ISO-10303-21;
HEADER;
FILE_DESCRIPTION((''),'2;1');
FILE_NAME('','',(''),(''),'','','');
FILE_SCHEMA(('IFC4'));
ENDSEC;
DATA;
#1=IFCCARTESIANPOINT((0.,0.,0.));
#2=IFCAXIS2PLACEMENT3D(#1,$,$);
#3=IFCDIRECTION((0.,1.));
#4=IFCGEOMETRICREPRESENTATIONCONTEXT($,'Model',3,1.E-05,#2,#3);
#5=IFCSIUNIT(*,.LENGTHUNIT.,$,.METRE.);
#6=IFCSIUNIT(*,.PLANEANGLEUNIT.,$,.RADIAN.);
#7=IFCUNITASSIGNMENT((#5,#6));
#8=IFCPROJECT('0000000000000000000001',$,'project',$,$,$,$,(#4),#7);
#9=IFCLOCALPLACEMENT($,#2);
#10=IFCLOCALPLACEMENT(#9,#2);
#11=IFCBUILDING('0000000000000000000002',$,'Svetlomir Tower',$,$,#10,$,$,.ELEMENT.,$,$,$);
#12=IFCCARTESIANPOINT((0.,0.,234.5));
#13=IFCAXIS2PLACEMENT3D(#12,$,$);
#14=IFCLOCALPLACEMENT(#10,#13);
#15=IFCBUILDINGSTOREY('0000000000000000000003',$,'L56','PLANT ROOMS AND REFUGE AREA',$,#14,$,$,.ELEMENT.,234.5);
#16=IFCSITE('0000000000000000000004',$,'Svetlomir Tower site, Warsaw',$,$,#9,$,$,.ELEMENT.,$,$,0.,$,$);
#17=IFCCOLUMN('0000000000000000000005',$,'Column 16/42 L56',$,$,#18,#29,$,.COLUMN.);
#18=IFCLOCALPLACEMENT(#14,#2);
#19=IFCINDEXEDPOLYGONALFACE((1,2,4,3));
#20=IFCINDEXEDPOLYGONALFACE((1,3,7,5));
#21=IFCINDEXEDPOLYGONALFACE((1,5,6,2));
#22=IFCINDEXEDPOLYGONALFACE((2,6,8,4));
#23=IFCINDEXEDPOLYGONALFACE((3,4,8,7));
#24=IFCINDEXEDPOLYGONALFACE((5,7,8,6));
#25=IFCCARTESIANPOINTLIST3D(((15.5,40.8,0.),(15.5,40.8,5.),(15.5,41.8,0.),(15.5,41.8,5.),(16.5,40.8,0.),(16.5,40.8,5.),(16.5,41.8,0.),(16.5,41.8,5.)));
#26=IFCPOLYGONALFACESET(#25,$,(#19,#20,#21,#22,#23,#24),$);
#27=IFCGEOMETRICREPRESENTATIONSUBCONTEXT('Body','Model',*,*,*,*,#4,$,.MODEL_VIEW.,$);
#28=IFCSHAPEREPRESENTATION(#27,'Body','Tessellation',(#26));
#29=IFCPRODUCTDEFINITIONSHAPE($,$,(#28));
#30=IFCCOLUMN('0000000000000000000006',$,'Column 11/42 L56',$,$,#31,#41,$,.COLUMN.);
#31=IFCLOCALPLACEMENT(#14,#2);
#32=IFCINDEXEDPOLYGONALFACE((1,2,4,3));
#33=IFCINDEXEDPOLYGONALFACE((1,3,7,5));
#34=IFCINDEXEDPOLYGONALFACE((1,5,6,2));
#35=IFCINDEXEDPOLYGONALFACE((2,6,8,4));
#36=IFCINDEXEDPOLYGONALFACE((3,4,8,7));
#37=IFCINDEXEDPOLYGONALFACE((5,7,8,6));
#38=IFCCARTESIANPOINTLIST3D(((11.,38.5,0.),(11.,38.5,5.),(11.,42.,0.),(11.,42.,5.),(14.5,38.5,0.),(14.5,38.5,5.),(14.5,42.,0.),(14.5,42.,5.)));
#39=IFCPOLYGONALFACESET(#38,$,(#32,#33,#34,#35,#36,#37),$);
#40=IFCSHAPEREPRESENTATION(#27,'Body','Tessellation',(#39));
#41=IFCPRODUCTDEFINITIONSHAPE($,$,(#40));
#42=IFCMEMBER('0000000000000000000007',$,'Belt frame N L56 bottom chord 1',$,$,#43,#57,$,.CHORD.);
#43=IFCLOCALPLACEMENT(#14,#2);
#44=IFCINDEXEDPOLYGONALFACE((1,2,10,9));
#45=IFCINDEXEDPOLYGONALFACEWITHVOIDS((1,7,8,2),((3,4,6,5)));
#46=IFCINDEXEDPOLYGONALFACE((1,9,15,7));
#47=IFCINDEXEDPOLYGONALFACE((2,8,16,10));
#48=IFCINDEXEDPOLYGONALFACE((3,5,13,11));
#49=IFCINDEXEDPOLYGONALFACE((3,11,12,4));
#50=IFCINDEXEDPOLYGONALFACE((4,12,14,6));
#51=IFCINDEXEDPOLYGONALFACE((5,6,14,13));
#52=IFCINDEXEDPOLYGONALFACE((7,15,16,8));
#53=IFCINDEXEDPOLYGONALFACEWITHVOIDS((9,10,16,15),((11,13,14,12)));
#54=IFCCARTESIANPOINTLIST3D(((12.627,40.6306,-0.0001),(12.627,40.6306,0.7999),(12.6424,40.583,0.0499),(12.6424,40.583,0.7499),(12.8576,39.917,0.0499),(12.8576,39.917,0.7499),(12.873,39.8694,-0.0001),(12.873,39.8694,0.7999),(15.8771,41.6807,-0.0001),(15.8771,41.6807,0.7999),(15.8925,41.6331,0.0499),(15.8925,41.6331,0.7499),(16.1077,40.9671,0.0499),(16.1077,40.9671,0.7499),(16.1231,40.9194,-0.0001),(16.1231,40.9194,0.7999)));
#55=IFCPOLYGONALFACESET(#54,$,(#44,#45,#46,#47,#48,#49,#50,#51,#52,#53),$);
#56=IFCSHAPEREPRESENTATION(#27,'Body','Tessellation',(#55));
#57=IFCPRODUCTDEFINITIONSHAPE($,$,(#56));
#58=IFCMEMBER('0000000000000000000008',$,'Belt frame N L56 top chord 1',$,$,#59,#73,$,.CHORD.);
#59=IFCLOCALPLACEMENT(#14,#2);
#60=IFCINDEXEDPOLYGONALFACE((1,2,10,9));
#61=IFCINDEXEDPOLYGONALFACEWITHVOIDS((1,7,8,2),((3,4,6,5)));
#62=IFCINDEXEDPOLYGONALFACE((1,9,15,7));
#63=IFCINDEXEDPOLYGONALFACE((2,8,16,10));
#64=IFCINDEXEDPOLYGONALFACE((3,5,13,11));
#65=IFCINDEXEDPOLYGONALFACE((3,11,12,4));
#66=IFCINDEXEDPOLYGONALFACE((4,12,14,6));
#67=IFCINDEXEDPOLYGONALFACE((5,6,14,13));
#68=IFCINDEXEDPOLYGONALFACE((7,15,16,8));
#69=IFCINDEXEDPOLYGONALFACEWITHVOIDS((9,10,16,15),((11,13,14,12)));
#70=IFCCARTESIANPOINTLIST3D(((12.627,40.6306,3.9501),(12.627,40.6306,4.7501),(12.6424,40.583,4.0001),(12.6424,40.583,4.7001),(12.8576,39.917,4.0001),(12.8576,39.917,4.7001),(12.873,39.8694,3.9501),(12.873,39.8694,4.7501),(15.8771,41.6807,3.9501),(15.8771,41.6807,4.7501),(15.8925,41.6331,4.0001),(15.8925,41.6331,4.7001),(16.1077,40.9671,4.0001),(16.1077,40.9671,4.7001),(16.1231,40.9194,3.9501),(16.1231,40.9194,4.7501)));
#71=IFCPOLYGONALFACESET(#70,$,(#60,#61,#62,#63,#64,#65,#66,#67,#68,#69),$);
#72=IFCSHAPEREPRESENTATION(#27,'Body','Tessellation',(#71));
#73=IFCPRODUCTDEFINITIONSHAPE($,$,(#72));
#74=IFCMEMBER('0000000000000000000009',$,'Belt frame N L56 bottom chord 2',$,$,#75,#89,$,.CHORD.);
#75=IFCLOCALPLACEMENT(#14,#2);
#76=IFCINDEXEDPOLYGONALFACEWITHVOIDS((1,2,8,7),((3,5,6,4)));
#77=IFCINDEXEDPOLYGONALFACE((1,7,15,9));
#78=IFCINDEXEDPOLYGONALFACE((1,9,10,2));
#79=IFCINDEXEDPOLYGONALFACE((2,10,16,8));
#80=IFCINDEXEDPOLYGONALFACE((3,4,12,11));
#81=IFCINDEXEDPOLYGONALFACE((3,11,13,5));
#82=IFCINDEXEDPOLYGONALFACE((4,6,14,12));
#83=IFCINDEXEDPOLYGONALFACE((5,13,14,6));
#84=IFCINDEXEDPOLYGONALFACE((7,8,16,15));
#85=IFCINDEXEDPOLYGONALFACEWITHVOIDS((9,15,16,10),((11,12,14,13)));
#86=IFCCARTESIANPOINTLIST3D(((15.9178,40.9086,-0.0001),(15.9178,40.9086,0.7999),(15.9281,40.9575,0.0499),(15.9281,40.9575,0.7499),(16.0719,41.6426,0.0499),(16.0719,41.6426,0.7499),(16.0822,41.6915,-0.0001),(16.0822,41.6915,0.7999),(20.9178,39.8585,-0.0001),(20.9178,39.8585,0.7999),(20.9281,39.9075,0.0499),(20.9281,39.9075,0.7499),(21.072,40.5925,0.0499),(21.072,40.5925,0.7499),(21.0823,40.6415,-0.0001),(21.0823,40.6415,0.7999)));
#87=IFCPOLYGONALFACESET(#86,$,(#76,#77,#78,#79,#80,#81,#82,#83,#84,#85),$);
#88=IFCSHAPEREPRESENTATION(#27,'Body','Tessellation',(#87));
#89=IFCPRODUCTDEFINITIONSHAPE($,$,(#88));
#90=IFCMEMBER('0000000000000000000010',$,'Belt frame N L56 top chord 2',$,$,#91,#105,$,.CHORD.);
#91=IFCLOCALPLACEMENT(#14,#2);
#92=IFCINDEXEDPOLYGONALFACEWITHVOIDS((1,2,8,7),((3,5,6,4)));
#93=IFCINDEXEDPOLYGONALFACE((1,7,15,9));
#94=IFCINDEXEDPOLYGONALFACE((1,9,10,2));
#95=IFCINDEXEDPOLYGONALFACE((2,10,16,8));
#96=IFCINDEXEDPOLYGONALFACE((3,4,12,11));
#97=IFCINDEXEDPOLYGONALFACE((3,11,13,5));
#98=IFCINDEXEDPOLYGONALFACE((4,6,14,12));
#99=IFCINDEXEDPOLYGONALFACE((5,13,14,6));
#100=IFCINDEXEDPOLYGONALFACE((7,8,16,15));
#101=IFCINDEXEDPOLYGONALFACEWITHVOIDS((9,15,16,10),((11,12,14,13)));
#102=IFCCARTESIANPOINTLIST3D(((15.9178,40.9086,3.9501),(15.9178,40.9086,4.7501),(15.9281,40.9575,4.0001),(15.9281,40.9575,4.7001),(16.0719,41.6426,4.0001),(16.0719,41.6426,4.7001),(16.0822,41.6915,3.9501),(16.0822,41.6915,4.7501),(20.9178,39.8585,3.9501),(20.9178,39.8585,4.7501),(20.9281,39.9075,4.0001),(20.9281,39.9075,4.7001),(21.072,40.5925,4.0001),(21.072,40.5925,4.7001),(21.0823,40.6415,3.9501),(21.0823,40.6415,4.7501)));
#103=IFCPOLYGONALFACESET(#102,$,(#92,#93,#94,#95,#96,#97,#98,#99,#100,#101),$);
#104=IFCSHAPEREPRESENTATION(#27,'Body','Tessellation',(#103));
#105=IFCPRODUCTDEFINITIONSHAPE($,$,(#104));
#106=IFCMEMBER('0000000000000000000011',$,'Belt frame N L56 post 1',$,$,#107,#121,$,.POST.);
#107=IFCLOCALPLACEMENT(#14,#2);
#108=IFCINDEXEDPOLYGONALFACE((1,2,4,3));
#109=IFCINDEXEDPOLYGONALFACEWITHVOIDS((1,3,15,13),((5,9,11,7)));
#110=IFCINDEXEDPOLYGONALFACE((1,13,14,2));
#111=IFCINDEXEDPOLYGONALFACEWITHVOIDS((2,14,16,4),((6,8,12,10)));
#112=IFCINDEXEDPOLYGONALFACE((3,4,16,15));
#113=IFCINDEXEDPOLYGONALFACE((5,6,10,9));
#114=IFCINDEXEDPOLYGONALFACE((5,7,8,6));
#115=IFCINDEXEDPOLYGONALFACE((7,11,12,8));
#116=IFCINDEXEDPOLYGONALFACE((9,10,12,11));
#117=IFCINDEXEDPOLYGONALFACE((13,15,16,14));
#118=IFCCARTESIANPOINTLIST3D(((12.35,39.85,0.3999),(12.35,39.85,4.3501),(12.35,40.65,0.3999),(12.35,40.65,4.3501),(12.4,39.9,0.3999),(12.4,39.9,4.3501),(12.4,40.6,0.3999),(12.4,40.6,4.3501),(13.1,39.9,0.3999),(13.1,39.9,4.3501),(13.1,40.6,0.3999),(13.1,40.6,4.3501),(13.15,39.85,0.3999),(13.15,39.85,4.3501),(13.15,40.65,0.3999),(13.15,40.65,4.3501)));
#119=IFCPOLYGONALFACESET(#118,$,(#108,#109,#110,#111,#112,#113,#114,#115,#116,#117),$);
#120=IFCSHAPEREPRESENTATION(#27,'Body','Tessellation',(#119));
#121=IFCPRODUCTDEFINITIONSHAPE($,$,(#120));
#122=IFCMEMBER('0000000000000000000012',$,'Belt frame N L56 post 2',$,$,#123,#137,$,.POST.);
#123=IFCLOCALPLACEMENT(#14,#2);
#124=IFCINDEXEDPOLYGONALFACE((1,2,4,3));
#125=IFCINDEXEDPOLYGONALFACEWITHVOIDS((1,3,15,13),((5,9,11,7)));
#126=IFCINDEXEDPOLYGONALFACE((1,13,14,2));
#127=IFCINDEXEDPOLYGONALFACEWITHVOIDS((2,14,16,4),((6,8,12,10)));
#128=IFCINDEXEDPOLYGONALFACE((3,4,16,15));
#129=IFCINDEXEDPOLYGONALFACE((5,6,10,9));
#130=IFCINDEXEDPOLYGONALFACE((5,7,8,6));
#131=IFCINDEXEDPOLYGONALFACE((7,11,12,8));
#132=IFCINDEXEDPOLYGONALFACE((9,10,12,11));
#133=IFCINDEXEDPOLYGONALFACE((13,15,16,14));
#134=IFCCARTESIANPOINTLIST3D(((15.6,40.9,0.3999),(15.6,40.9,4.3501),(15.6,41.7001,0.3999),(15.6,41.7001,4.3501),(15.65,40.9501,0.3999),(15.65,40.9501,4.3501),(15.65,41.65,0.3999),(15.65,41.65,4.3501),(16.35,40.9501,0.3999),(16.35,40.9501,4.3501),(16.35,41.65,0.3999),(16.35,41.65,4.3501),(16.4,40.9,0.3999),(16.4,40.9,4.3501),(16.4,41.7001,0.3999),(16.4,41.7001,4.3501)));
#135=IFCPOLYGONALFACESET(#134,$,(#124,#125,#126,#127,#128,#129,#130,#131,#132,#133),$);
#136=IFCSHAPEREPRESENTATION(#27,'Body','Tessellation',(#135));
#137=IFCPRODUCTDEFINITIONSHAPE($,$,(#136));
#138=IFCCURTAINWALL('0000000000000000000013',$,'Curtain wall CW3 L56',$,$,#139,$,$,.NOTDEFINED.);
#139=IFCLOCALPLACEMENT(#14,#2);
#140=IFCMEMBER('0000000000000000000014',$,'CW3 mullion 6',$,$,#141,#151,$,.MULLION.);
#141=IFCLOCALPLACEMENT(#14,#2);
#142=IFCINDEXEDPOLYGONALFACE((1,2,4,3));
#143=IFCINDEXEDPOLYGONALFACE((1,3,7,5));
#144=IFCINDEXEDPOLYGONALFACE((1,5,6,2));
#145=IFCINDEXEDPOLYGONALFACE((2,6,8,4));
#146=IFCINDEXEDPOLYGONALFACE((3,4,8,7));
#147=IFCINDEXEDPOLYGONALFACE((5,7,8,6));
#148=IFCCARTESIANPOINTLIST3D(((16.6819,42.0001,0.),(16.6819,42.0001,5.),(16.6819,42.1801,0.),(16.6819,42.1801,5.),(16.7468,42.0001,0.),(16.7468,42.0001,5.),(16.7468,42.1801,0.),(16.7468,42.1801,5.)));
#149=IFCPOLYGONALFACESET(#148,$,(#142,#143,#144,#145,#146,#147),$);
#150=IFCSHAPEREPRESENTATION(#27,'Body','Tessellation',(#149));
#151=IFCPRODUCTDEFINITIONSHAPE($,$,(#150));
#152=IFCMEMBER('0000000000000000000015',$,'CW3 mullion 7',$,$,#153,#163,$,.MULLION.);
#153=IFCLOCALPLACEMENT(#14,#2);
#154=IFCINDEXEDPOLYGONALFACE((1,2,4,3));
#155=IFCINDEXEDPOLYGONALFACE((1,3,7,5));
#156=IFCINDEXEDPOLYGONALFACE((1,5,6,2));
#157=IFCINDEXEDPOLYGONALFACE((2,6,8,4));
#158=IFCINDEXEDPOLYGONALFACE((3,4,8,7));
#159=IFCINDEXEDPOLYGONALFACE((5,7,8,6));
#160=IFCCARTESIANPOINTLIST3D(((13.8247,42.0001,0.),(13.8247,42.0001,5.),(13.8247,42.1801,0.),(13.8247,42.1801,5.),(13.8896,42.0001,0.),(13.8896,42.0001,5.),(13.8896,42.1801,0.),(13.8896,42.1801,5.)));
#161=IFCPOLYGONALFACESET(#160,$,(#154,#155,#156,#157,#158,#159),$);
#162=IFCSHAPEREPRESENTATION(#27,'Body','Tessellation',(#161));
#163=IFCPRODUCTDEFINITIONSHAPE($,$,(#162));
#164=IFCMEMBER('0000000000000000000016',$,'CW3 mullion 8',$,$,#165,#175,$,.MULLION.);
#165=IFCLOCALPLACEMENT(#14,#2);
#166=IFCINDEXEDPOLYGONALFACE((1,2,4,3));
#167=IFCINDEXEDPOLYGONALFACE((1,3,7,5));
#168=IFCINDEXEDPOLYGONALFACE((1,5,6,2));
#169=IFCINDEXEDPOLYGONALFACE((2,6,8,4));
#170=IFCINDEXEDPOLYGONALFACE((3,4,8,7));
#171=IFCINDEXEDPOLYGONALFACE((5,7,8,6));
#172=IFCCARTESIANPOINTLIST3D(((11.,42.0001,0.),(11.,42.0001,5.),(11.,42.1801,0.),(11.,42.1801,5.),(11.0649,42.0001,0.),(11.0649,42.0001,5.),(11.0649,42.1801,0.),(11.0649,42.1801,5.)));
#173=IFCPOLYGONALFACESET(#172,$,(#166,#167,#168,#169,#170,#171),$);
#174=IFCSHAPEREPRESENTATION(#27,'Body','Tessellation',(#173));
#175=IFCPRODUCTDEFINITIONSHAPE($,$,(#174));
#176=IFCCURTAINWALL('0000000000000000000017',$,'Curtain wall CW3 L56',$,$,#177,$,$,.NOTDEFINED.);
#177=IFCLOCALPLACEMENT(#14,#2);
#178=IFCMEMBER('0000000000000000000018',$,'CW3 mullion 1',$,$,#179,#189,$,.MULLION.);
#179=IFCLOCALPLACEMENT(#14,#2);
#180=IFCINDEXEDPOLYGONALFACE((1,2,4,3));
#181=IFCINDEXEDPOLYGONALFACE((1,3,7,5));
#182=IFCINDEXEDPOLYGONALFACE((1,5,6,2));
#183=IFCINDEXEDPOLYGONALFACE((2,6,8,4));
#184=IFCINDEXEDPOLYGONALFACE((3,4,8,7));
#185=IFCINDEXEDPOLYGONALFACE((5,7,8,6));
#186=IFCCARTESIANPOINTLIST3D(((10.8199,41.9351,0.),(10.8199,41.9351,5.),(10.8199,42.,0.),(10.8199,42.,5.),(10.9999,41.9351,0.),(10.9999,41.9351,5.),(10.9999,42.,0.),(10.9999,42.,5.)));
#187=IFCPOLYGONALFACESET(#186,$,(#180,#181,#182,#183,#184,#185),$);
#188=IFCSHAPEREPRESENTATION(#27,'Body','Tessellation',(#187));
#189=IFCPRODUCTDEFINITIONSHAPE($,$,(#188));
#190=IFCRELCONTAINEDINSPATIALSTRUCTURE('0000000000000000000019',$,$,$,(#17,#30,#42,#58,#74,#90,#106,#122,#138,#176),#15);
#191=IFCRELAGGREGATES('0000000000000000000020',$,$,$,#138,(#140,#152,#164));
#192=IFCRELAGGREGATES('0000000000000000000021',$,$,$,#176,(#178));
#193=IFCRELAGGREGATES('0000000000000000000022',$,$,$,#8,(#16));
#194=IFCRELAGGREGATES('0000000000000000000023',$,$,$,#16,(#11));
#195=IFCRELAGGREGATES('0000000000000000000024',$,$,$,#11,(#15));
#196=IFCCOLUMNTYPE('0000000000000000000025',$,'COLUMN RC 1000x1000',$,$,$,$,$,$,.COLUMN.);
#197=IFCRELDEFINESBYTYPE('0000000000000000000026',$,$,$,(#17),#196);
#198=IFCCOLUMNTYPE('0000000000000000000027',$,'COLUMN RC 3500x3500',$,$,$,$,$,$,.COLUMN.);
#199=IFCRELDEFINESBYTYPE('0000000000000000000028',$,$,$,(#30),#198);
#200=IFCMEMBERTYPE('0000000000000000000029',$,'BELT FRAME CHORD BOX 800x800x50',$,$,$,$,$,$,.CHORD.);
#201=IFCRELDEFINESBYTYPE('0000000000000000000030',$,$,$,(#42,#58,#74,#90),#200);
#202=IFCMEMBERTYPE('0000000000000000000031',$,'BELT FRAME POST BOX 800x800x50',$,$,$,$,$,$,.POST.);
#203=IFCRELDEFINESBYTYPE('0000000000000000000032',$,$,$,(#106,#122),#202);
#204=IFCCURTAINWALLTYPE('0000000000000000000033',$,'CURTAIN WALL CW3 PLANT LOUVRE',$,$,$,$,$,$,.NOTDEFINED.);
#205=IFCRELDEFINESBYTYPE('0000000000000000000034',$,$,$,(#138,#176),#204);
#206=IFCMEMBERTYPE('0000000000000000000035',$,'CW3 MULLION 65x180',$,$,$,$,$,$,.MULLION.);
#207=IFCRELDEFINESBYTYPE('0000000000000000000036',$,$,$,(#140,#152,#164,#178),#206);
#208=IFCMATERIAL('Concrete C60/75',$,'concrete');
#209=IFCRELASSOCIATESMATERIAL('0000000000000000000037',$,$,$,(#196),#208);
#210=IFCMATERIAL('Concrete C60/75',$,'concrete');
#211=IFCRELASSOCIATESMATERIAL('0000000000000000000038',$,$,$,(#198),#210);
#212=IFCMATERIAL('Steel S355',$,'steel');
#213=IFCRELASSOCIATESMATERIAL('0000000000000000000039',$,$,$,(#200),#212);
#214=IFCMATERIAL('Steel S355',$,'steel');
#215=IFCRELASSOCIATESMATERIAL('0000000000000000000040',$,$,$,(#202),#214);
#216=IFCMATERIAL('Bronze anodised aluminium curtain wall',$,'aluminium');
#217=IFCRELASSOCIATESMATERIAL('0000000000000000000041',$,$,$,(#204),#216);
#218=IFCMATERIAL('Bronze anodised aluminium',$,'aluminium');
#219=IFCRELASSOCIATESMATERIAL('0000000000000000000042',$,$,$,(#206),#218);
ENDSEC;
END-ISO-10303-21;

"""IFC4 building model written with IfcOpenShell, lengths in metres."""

from ifc_helpers import new_model, si_unit, direction, frame, origin, origin_2d, place, context, subcontext, project, spatial, rectangle, hollow_rectangle, extrude, material, material_profile, profile_set, type_object, element, aggregate, save


model = new_model("IFC4")

# Units and contexts
model_context = context("Model", 3, precision=1e-05, world=origin(), true_north=direction((0.0, 1.0)))
body_context = subcontext(model_context, "Body", "Model", "MODEL_VIEW")
ifc_project = project(units=[si_unit("LENGTHUNIT", "METRE"), si_unit("PLANEANGLEUNIT", "RADIAN")], contexts=[model_context])

# Site, building, storey
site_placement = place(None, origin())
site = spatial("IfcSite", under=ifc_project, at=site_placement, Name="Svetlomir Tower site, Warsaw", CompositionType="ELEMENT", RefElevation=0.0)
building_placement = place(site_placement, origin())
building = spatial("IfcBuilding", under=site, at=building_placement, Name="Svetlomir Tower", CompositionType="ELEMENT")
storey_placement = place(building_placement, frame((0.0, 0.0, 234.5)))
storey = spatial("IfcBuildingStorey", under=building, at=storey_placement, Name="L56", Description="PLANT ROOMS AND REFUGE AREA", CompositionType="ELEMENT", Elevation=234.5)

# Columns
ifc_material_1 = material(Name="Concrete C60/75", Category="concrete")
ifc_material_profile_1 = material_profile(ifc_material_1, rectangle(XDim=1.0, YDim=1.0, at=origin_2d()), Name="RC 1000x1000")
ifc_profile_set_1 = profile_set([ifc_material_profile_1], Name="Concrete C60/75")
column_type_1 = type_object("IfcColumnType", Name="COLUMN RC 1000x1000", PredefinedType="COLUMN", material=ifc_profile_set_1)
column_1_placement = place(storey_placement, frame((16.0, 41.3, 0.0), z_axis=(0.0, 0.0, 1.0), x_axis=(1.0, 0.0, 0.0)))
element("IfcColumn", 1, at=column_1_placement, inside=storey, type_object=column_type_1, Name="Column 16/42 L56", PredefinedType="COLUMN", context=body_context, shape_type="SweptSolid", body=[
    extrude(rectangle(XDim=1.0, YDim=1.0, at=origin_2d()), origin(), (0.0, 0.0, 1.0), 5.0),
])
ifc_material_2 = material(Name="Concrete C60/75", Category="concrete")
ifc_material_profile_2 = material_profile(ifc_material_2, rectangle(XDim=3.5, YDim=3.5, at=origin_2d()), Name="RC 3500x3500")
ifc_profile_set_2 = profile_set([ifc_material_profile_2], Name="Concrete C60/75")
column_type_2 = type_object("IfcColumnType", Name="COLUMN RC 3500x3500", PredefinedType="COLUMN", material=ifc_profile_set_2)
column_2_placement = place(storey_placement, frame((12.75, 40.25, 0.0), z_axis=(0.0, 0.0, 1.0), x_axis=(1.0, 0.0, 0.0)))
element("IfcColumn", 2, at=column_2_placement, inside=storey, type_object=column_type_2, Name="Column 11/42 L56", PredefinedType="COLUMN", context=body_context, shape_type="SweptSolid", body=[
    extrude(rectangle(XDim=3.5, YDim=3.5, at=origin_2d()), origin(), (0.0, 0.0, 1.0), 5.0),
])

# Members
ifc_material_3 = material(Name="Steel S355", Category="steel")
ifc_material_profile_3 = material_profile(ifc_material_3, hollow_rectangle(XDim=0.8, YDim=0.8, WallThickness=0.05, at=origin_2d()), Name="BOX 800x800x50")
ifc_profile_set_3 = profile_set([ifc_material_profile_3], Name="Steel S355")
member_type_1 = type_object("IfcMemberType", Name="BELT FRAME CHORD BOX 800x800x50", PredefinedType="CHORD", material=ifc_profile_set_3)
for number, where, z_axis, x_axis, name in (
    (3, (12.75, 40.25, 0.3999), (0.951566, 0.307443, 0.0), (-0.307443, 0.951566, 0.0), "Belt frame N L56 bottom chord 1"),
    (4, (12.75, 40.25, 4.3501), (0.951566, 0.307443, 0.0), (-0.307443, 0.951566, 0.0), "Belt frame N L56 top chord 1"),
):
    element("IfcMember", number, at=place(storey_placement, frame(where, z_axis=z_axis, x_axis=x_axis)), inside=storey, type_object=member_type_1, Name=name, PredefinedType="CHORD", context=body_context, shape_type="SweptSolid", body=[
        extrude(hollow_rectangle(XDim=0.8, YDim=0.8, WallThickness=0.05, at=origin_2d()), origin(), (0.0, 0.0, 1.0), 3.4155),
    ])
for number, where, z_axis, x_axis, name in (
    (5, (16.0, 41.3, 0.3999), (0.978652, -0.205526, 0.0), (0.205526, 0.978652, 0.0), "Belt frame N L56 bottom chord 2"),
    (6, (16.0, 41.3, 4.3501), (0.978652, -0.205526, 0.0), (0.205526, 0.978652, 0.0), "Belt frame N L56 top chord 2"),
):
    element("IfcMember", number, at=place(storey_placement, frame(where, z_axis=z_axis, x_axis=x_axis)), inside=storey, type_object=member_type_1, Name=name, PredefinedType="CHORD", context=body_context, shape_type="SweptSolid", body=[
        extrude(hollow_rectangle(XDim=0.8, YDim=0.8, WallThickness=0.05, at=origin_2d()), origin(), (0.0, 0.0, 1.0), 5.1091),
    ])
ifc_material_4 = material(Name="Steel S355", Category="steel")
ifc_material_profile_4 = material_profile(ifc_material_4, hollow_rectangle(XDim=0.8, YDim=0.8, WallThickness=0.05, at=origin_2d()), Name="BOX 800x800x50")
ifc_profile_set_4 = profile_set([ifc_material_profile_4], Name="Steel S355")
member_type_2 = type_object("IfcMemberType", Name="BELT FRAME POST BOX 800x800x50", PredefinedType="POST", material=ifc_profile_set_4)
for number, where, z_axis, x_axis, name in (
    (7, (12.75, 40.25, 0.3999), (0.0, 0.0, 1.0), (1.0, 0.0, 0.0), "Belt frame N L56 post 1"),
    (8, (16.0, 41.3, 0.3999), (0.0, 0.0, 1.0), (1.0, 0.0, 0.0), "Belt frame N L56 post 2"),
):
    element("IfcMember", number, at=place(storey_placement, frame(where, z_axis=z_axis, x_axis=x_axis)), inside=storey, type_object=member_type_2, Name=name, PredefinedType="POST", context=body_context, shape_type="SweptSolid", body=[
        extrude(hollow_rectangle(XDim=0.8, YDim=0.8, WallThickness=0.05, at=origin_2d()), origin(), (0.0, 0.0, 1.0), 3.9502),
    ])

# Curtain walls, members
ifc_material_5 = material(Name="Bronze anodised aluminium curtain wall", Category="aluminium")
curtain_wall_type = type_object("IfcCurtainWallType", Name="CURTAIN WALL CW3 PLANT LOUVRE", PredefinedType="NOTDEFINED", material=ifc_material_5)
curtain_wall_1_placement = place(storey_placement, origin())
curtain_wall_1 = element("IfcCurtainWall", 9, at=curtain_wall_1_placement, inside=storey, type_object=curtain_wall_type, Name="Curtain wall CW3 L56", PredefinedType="NOTDEFINED")
ifc_material_6 = material(Name="Bronze anodised aluminium", Category="aluminium")
ifc_material_profile_5 = material_profile(ifc_material_6, rectangle(XDim=0.0649, YDim=0.1799, at=origin_2d()), Name="AL 65x180")
ifc_profile_set_5 = profile_set([ifc_material_profile_5], Name="Bronze anodised aluminium 6063-T6")
member_type_3 = type_object("IfcMemberType", Name="CW3 MULLION 65x180", PredefinedType="MULLION", material=ifc_profile_set_5)
member_1_placement = place(storey_placement, frame((16.7144, 42.0901, 0.0), z_axis=(0.0, 0.0, 1.0), x_axis=(-1.0, 0.0, 0.0)))
member_1 = element("IfcMember", 10, at=member_1_placement, type_object=member_type_3, Name="CW3 mullion 6", PredefinedType="MULLION", context=body_context, shape_type="SweptSolid", body=[
    extrude(rectangle(XDim=0.0649, YDim=0.1799, at=origin_2d()), origin(), (0.0, 0.0, 1.0), 5.0),
])
member_2_placement = place(storey_placement, frame((13.8572, 42.0901, 0.0), z_axis=(0.0, 0.0, 1.0), x_axis=(-1.0, 0.0, 0.0)))
member_2 = element("IfcMember", 11, at=member_2_placement, type_object=member_type_3, Name="CW3 mullion 7", PredefinedType="MULLION", context=body_context, shape_type="SweptSolid", body=[
    extrude(rectangle(XDim=0.0649, YDim=0.1799, at=origin_2d()), origin(), (0.0, 0.0, 1.0), 5.0),
])
member_3_placement = place(storey_placement, frame((11.0325, 42.0901, 0.0), z_axis=(0.0, 0.0, 1.0), x_axis=(-1.0, 0.0, 0.0)))
member_3 = element("IfcMember", 12, at=member_3_placement, type_object=member_type_3, Name="CW3 mullion 8", PredefinedType="MULLION", context=body_context, shape_type="SweptSolid", body=[
    extrude(rectangle(XDim=0.0649, YDim=0.1799, at=origin_2d()), origin(), (0.0, 0.0, 1.0), 5.0),
])
curtain_wall_2_placement = place(storey_placement, origin())
curtain_wall_2 = element("IfcCurtainWall", 13, at=curtain_wall_2_placement, inside=storey, type_object=curtain_wall_type, Name="Curtain wall CW3 L56", PredefinedType="NOTDEFINED")
member_4_placement = place(storey_placement, frame((10.9099, 41.9675, 0.0), z_axis=(0.0, 0.0, 1.0), x_axis=(0.0, -1.0, 0.0)))
member_4 = element("IfcMember", 14, at=member_4_placement, type_object=member_type_3, Name="CW3 mullion 1", PredefinedType="MULLION", context=body_context, shape_type="SweptSolid", body=[
    extrude(rectangle(XDim=0.0649, YDim=0.1799, at=origin_2d()), origin(), (0.0, 0.0, 1.0), 5.0),
])

aggregate(curtain_wall_1, [member_1, member_2, member_3])
aggregate(curtain_wall_2, [member_4])

save(model, "model.ifc")
